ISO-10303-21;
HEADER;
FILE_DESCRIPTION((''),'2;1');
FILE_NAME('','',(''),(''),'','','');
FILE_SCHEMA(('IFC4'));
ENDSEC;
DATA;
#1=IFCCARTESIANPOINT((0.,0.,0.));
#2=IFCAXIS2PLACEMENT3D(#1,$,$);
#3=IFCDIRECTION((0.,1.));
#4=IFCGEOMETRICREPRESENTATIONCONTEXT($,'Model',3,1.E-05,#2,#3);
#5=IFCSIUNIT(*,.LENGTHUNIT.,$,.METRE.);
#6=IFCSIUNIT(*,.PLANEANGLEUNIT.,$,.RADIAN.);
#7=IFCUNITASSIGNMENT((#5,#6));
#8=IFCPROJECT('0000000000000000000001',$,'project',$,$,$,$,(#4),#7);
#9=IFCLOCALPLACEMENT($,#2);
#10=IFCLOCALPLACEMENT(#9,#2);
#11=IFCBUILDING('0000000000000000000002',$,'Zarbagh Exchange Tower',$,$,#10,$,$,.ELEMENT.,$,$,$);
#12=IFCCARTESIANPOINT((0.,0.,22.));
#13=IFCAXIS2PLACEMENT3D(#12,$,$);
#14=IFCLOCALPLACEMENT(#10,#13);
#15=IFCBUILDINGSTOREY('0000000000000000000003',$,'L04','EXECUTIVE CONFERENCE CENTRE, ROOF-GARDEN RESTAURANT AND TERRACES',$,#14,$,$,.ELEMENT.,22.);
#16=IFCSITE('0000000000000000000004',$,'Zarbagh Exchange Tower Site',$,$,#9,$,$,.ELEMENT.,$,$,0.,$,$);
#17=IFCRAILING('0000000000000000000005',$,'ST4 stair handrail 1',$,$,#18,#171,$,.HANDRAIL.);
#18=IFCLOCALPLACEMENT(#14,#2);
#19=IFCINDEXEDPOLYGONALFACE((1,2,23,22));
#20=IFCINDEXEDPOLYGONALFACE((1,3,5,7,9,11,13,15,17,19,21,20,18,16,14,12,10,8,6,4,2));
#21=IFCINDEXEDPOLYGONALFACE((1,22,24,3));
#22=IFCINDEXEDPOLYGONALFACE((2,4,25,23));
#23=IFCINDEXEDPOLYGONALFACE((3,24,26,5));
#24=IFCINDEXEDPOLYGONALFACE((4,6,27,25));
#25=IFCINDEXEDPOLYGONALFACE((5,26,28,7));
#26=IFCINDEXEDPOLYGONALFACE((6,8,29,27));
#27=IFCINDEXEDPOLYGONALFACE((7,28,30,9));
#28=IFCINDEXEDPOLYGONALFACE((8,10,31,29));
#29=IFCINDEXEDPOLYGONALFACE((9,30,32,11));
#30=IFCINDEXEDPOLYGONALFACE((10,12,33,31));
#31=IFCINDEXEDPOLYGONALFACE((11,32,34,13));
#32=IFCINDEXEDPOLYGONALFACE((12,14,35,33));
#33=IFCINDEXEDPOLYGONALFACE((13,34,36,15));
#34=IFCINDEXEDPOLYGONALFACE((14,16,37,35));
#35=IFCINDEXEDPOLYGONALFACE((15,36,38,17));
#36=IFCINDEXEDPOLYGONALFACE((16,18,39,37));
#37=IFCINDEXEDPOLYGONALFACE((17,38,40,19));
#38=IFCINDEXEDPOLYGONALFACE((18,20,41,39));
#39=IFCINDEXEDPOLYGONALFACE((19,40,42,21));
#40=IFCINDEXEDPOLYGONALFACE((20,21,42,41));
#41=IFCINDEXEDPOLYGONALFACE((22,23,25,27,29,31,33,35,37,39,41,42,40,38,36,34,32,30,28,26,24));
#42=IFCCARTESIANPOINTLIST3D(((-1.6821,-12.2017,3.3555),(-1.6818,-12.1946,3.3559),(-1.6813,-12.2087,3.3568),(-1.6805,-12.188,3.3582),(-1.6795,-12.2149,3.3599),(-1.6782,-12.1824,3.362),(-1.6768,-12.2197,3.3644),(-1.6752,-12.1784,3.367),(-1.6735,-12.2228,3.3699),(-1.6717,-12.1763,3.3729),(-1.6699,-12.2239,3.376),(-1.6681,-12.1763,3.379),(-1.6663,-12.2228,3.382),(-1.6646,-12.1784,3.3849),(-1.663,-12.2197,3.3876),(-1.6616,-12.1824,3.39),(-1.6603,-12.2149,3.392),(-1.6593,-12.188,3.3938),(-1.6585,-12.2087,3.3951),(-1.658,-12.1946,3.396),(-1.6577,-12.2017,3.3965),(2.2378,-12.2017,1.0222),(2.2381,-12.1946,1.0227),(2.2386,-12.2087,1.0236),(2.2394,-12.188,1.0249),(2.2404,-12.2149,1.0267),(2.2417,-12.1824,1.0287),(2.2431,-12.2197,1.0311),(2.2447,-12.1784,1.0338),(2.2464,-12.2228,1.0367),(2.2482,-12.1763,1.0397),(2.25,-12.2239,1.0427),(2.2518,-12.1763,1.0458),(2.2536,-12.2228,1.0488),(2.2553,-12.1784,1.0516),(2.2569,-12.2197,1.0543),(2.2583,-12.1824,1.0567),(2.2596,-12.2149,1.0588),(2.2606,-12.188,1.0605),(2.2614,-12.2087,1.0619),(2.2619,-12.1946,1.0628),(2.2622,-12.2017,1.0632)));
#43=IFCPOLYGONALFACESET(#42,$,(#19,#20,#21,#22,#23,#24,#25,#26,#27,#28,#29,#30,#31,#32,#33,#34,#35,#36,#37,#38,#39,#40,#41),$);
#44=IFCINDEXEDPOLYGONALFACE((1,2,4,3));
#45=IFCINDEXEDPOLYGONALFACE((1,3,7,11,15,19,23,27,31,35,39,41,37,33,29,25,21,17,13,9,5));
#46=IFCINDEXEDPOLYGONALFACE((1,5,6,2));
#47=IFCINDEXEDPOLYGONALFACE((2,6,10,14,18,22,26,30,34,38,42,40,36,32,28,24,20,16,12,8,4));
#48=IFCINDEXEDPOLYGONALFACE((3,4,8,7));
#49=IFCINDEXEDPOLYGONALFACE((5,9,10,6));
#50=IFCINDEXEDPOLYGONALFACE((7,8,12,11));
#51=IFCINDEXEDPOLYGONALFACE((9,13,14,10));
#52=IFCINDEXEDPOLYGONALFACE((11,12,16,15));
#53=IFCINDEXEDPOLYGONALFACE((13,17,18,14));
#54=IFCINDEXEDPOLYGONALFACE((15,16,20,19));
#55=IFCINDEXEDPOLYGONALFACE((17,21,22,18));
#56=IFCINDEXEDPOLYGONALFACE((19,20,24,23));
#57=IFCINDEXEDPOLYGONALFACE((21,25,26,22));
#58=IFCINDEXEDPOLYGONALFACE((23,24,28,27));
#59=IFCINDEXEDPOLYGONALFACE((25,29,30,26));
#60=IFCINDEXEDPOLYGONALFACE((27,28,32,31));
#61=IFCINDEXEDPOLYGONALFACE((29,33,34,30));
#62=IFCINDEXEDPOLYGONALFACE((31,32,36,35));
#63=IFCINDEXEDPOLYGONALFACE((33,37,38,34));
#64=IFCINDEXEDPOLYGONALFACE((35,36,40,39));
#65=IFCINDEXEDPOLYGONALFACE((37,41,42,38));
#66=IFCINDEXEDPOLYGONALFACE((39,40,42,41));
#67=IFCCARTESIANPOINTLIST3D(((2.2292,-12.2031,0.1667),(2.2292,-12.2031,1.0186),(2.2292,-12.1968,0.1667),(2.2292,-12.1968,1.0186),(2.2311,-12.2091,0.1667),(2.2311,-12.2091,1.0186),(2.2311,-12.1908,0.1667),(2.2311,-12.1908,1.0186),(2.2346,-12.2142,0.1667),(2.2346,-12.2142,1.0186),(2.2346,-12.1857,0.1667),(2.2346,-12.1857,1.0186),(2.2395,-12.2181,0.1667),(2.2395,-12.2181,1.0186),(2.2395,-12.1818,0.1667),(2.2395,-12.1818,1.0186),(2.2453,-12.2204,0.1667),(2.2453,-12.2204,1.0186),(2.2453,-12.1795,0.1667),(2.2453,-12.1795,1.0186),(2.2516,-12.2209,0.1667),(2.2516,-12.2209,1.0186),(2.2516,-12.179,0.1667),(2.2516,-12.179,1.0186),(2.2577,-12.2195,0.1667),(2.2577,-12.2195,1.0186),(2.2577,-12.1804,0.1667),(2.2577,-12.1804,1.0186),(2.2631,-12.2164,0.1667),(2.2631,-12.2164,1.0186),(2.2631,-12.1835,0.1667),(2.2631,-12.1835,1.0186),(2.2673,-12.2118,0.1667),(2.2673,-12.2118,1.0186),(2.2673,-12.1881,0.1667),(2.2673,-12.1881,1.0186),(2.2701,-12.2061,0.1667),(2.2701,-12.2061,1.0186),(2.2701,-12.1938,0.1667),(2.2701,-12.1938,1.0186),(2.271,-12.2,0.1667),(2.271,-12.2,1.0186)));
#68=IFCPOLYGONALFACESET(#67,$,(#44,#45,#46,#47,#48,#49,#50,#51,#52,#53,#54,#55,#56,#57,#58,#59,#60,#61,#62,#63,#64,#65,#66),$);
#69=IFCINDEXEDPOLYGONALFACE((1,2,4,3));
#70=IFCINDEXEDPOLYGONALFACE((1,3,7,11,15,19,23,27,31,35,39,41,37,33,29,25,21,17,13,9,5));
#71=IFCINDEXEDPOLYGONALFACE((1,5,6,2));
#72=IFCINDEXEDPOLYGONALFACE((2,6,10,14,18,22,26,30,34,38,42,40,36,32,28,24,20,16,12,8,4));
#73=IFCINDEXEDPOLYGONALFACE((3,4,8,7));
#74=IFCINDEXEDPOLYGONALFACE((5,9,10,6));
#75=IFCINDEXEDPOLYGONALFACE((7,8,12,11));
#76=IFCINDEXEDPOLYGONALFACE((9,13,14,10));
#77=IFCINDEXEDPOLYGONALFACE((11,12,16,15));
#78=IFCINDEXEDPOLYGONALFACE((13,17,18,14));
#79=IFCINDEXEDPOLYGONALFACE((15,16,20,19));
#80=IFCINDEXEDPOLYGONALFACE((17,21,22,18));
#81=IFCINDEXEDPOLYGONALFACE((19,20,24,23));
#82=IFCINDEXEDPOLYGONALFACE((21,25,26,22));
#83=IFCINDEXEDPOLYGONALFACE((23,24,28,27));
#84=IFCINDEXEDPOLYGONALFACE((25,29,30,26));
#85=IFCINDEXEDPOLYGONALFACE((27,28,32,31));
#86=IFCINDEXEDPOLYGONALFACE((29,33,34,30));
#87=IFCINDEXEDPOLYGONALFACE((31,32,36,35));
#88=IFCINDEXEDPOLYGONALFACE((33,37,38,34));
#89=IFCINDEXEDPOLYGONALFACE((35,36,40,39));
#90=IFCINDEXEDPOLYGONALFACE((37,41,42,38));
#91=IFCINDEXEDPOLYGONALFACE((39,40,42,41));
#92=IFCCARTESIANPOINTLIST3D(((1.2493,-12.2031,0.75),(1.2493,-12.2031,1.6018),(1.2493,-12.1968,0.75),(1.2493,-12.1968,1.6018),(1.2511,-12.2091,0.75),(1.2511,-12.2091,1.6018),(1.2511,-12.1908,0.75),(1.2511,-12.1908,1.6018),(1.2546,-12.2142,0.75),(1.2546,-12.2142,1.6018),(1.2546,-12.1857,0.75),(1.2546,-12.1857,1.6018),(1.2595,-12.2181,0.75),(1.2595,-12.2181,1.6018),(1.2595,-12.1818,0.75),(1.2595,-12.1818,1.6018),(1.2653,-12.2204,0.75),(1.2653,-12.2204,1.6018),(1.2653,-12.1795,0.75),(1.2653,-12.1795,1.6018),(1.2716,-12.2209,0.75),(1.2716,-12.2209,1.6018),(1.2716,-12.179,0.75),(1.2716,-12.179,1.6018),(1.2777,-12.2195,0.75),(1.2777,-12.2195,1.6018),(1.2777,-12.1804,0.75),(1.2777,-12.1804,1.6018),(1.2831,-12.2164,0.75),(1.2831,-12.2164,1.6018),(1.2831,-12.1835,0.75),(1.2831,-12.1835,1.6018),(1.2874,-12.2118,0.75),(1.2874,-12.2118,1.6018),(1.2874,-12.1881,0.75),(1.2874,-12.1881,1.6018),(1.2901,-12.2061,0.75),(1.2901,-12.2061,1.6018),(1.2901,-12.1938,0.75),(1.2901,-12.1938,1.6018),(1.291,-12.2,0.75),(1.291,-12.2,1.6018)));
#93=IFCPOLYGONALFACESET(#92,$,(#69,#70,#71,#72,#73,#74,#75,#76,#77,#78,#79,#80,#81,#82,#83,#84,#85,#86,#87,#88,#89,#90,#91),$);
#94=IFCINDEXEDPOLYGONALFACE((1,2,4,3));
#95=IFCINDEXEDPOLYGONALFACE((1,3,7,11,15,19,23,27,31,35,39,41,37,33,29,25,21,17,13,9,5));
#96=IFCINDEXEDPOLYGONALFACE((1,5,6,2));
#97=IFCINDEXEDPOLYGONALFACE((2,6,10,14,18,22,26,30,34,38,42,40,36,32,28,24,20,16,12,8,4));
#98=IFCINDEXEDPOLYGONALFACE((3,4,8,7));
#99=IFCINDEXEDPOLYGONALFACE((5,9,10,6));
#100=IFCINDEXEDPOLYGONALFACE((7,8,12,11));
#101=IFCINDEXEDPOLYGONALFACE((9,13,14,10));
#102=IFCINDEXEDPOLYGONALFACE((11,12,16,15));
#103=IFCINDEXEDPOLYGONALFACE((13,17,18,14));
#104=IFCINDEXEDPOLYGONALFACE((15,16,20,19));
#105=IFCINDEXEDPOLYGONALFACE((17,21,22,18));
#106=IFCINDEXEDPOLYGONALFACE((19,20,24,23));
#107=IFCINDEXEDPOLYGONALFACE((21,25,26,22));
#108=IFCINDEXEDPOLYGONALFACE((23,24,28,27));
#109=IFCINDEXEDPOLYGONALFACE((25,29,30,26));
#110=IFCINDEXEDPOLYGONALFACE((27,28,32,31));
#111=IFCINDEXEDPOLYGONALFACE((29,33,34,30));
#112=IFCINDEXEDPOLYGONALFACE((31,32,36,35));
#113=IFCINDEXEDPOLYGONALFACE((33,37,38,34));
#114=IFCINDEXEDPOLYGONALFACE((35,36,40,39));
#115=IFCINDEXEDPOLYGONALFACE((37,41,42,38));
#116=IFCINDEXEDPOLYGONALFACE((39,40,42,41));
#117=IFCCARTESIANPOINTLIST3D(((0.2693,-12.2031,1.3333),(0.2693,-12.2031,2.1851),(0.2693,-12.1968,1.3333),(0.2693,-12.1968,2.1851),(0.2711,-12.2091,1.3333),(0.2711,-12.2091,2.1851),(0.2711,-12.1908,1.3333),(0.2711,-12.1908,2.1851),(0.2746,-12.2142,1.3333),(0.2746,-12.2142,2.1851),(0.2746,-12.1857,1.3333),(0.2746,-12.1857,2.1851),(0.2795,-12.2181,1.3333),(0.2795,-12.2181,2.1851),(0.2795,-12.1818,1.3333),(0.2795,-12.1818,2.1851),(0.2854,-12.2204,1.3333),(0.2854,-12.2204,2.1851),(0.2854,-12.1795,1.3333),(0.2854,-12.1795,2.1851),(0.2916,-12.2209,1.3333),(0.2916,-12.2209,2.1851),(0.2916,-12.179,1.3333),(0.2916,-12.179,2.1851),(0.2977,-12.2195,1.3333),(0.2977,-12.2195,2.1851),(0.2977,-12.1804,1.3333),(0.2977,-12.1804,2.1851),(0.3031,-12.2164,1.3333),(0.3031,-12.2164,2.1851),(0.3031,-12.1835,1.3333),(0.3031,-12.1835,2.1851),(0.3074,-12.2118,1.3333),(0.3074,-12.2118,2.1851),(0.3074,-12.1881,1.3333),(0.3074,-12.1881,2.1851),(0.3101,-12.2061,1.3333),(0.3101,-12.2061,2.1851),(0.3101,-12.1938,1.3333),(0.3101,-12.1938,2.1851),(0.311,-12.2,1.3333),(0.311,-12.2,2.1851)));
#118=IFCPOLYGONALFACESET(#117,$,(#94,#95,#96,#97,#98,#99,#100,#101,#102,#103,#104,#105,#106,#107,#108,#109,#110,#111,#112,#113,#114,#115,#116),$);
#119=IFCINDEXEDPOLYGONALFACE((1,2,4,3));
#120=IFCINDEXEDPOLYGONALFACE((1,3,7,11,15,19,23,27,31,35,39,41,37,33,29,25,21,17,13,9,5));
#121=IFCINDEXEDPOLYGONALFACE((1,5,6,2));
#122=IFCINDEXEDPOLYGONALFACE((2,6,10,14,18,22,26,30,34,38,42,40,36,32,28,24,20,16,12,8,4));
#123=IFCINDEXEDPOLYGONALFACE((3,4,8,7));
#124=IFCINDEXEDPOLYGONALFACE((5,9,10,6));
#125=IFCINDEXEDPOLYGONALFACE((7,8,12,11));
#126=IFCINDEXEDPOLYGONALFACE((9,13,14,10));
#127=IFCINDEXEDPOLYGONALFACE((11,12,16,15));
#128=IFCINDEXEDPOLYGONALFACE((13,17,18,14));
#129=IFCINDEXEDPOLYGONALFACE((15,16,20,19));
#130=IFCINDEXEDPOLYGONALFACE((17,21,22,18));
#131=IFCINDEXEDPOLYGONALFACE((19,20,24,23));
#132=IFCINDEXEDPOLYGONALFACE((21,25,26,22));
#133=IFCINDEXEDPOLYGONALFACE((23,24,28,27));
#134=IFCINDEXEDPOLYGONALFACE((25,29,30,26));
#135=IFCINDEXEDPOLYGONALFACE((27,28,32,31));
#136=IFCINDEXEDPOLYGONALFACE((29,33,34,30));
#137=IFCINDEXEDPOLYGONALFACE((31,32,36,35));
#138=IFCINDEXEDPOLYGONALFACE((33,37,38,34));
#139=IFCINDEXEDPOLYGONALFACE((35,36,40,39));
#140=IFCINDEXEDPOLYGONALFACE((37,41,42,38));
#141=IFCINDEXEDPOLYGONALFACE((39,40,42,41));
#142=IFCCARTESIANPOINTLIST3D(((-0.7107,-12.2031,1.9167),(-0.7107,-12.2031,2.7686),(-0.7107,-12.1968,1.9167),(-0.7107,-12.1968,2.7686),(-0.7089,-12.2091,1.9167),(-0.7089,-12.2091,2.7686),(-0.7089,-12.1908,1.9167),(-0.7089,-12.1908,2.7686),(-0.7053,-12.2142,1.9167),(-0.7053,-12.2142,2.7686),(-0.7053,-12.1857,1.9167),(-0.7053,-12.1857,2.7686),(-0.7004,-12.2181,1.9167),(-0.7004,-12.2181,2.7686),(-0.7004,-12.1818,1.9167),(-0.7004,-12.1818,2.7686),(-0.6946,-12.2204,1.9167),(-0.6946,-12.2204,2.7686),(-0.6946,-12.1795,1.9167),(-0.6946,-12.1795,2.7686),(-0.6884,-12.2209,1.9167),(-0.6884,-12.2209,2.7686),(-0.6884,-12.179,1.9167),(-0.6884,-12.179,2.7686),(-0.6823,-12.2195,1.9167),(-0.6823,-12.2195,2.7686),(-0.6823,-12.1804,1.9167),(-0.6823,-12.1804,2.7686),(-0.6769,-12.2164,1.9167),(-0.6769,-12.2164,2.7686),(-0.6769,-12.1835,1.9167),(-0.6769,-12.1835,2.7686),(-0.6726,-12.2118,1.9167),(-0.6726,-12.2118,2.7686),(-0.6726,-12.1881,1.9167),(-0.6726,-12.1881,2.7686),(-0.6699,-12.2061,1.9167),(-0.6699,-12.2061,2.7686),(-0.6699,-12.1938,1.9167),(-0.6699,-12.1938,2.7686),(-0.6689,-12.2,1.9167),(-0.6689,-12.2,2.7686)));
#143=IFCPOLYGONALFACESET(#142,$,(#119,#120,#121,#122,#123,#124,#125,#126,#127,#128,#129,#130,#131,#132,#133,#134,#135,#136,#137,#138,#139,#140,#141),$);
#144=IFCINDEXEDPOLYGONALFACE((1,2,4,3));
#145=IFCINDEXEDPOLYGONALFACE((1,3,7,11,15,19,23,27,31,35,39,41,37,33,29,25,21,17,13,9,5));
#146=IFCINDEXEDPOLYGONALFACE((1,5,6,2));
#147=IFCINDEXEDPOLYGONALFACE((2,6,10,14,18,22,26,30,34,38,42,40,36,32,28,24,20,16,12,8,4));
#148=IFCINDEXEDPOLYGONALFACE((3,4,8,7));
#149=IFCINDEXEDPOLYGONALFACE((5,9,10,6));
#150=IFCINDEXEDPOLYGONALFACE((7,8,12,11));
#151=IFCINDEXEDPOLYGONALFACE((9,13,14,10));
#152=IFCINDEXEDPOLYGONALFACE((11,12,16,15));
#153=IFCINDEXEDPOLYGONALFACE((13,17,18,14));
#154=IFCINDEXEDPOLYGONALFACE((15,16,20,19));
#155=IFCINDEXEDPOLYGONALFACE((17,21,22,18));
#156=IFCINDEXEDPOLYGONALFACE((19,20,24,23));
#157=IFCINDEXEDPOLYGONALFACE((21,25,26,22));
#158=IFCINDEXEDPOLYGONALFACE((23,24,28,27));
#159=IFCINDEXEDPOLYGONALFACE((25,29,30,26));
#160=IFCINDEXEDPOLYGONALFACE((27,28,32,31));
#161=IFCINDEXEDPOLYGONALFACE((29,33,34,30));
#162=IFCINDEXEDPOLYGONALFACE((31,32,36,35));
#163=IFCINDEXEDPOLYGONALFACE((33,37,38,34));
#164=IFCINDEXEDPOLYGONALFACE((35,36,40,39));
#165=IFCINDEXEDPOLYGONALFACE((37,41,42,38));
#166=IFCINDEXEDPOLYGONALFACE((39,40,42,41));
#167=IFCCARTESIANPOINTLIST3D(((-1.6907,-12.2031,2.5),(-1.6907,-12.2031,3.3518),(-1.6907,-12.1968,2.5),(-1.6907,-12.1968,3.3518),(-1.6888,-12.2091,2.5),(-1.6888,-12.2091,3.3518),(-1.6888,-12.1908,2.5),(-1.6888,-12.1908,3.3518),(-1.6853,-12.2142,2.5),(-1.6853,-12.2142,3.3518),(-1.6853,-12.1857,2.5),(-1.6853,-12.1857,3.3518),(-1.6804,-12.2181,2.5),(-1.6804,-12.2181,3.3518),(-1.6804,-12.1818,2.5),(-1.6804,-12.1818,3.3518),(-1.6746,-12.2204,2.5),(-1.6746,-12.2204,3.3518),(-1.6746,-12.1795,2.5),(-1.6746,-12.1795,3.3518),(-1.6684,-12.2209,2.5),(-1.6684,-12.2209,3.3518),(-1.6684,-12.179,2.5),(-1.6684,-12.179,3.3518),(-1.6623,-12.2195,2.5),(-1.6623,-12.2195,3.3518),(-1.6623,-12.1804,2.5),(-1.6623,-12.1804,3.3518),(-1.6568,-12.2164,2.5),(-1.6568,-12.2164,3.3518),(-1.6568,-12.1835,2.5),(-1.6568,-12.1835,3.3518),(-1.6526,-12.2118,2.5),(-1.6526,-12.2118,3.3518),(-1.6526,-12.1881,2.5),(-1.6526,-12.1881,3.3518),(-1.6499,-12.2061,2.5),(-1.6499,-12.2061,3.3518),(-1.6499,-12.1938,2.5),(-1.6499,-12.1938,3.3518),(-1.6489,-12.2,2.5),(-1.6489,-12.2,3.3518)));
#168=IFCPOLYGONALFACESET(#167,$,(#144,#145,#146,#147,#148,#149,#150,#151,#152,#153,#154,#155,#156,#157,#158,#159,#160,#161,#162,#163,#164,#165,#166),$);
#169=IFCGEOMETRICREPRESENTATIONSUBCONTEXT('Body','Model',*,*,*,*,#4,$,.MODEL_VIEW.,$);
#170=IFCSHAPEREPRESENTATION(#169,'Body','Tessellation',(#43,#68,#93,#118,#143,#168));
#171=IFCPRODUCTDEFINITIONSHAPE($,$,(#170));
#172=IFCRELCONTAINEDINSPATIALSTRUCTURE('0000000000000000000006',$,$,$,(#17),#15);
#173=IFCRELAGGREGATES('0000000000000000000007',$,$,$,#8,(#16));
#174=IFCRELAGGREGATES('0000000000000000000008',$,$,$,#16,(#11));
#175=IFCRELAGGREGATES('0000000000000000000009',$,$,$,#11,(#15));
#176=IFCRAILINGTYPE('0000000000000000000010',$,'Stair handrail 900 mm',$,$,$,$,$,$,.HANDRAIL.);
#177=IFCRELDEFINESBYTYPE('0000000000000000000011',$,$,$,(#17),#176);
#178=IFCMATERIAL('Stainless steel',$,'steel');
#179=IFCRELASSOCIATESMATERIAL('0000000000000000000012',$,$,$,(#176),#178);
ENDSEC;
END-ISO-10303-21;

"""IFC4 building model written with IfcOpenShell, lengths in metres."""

from ifc_helpers import new_model, si_unit, direction, frame, origin, origin_2d, place, context, subcontext, project, spatial, circle, extrude, material, type_object, element, save


model = new_model("IFC4")

# Units and contexts
model_context = context("Model", 3, precision=1e-05, world=origin(), true_north=direction((0.0, 1.0)))
body_context = subcontext(model_context, "Body", "Model", "MODEL_VIEW")
ifc_project = project(units=[si_unit("LENGTHUNIT", "METRE"), si_unit("PLANEANGLEUNIT", "RADIAN")], contexts=[model_context])

# Site, building, storey
site_placement = place(None, origin())
site = spatial("IfcSite", under=ifc_project, at=site_placement, Name="Zarbagh Exchange Tower Site", CompositionType="ELEMENT", RefElevation=0.0)
building_placement = place(site_placement, origin())
building = spatial("IfcBuilding", under=site, at=building_placement, Name="Zarbagh Exchange Tower", CompositionType="ELEMENT")
storey_placement = place(building_placement, frame((0.0, 0.0, 22.0)))
storey = spatial("IfcBuildingStorey", under=building, at=storey_placement, Name="L04", Description="EXECUTIVE CONFERENCE CENTRE, ROOF-GARDEN RESTAURANT AND TERRACES", CompositionType="ELEMENT", Elevation=22.0)

# Railing
ifc_material_1 = material(Name="Stainless steel", Category="steel")
railing_type_1 = type_object("IfcRailingType", Name="Stair handrail 900 mm", PredefinedType="HANDRAIL", material=ifc_material_1)
for number, where, name in (
    (1, (2.25, -12.2, 0.1667), "ST4 stair handrail 1"),
):
    element("IfcRailing", number, at=place(storey_placement, frame(where)), inside=storey, type_object=railing_type_1, Name=name, PredefinedType="HANDRAIL", context=body_context, shape_type="SweptSolid", body=[
        extrude(circle(Radius=0.0239, at=origin_2d()), frame((0.0, 0.0, 0.876), z_axis=(-0.859296, 0.0, 0.511478), x_axis=(0.0, -1.0, 0.0)), (0.0, 0.0, 1.0), 4.5618),
        extrude(circle(Radius=0.021, at=origin_2d()), origin(), (0.0, 0.0, 1.0), 0.8518),
        extrude(circle(Radius=0.021, at=origin_2d()), frame((-0.98, 0.0, 0.5833)), (0.0, 0.0, 1.0), 0.8518),
        extrude(circle(Radius=0.021, at=origin_2d()), frame((-1.96, 0.0, 1.1665)), (0.0, 0.0, 1.0), 0.8518),
        extrude(circle(Radius=0.021, at=origin_2d()), frame((-2.9399, 0.0, 1.75)), (0.0, 0.0, 1.0), 0.8518),
        extrude(circle(Radius=0.021, at=origin_2d()), frame((-3.9199, 0.0, 2.3333)), (0.0, 0.0, 1.0), 0.8518),
    ])

save(model, "model.ifc")
